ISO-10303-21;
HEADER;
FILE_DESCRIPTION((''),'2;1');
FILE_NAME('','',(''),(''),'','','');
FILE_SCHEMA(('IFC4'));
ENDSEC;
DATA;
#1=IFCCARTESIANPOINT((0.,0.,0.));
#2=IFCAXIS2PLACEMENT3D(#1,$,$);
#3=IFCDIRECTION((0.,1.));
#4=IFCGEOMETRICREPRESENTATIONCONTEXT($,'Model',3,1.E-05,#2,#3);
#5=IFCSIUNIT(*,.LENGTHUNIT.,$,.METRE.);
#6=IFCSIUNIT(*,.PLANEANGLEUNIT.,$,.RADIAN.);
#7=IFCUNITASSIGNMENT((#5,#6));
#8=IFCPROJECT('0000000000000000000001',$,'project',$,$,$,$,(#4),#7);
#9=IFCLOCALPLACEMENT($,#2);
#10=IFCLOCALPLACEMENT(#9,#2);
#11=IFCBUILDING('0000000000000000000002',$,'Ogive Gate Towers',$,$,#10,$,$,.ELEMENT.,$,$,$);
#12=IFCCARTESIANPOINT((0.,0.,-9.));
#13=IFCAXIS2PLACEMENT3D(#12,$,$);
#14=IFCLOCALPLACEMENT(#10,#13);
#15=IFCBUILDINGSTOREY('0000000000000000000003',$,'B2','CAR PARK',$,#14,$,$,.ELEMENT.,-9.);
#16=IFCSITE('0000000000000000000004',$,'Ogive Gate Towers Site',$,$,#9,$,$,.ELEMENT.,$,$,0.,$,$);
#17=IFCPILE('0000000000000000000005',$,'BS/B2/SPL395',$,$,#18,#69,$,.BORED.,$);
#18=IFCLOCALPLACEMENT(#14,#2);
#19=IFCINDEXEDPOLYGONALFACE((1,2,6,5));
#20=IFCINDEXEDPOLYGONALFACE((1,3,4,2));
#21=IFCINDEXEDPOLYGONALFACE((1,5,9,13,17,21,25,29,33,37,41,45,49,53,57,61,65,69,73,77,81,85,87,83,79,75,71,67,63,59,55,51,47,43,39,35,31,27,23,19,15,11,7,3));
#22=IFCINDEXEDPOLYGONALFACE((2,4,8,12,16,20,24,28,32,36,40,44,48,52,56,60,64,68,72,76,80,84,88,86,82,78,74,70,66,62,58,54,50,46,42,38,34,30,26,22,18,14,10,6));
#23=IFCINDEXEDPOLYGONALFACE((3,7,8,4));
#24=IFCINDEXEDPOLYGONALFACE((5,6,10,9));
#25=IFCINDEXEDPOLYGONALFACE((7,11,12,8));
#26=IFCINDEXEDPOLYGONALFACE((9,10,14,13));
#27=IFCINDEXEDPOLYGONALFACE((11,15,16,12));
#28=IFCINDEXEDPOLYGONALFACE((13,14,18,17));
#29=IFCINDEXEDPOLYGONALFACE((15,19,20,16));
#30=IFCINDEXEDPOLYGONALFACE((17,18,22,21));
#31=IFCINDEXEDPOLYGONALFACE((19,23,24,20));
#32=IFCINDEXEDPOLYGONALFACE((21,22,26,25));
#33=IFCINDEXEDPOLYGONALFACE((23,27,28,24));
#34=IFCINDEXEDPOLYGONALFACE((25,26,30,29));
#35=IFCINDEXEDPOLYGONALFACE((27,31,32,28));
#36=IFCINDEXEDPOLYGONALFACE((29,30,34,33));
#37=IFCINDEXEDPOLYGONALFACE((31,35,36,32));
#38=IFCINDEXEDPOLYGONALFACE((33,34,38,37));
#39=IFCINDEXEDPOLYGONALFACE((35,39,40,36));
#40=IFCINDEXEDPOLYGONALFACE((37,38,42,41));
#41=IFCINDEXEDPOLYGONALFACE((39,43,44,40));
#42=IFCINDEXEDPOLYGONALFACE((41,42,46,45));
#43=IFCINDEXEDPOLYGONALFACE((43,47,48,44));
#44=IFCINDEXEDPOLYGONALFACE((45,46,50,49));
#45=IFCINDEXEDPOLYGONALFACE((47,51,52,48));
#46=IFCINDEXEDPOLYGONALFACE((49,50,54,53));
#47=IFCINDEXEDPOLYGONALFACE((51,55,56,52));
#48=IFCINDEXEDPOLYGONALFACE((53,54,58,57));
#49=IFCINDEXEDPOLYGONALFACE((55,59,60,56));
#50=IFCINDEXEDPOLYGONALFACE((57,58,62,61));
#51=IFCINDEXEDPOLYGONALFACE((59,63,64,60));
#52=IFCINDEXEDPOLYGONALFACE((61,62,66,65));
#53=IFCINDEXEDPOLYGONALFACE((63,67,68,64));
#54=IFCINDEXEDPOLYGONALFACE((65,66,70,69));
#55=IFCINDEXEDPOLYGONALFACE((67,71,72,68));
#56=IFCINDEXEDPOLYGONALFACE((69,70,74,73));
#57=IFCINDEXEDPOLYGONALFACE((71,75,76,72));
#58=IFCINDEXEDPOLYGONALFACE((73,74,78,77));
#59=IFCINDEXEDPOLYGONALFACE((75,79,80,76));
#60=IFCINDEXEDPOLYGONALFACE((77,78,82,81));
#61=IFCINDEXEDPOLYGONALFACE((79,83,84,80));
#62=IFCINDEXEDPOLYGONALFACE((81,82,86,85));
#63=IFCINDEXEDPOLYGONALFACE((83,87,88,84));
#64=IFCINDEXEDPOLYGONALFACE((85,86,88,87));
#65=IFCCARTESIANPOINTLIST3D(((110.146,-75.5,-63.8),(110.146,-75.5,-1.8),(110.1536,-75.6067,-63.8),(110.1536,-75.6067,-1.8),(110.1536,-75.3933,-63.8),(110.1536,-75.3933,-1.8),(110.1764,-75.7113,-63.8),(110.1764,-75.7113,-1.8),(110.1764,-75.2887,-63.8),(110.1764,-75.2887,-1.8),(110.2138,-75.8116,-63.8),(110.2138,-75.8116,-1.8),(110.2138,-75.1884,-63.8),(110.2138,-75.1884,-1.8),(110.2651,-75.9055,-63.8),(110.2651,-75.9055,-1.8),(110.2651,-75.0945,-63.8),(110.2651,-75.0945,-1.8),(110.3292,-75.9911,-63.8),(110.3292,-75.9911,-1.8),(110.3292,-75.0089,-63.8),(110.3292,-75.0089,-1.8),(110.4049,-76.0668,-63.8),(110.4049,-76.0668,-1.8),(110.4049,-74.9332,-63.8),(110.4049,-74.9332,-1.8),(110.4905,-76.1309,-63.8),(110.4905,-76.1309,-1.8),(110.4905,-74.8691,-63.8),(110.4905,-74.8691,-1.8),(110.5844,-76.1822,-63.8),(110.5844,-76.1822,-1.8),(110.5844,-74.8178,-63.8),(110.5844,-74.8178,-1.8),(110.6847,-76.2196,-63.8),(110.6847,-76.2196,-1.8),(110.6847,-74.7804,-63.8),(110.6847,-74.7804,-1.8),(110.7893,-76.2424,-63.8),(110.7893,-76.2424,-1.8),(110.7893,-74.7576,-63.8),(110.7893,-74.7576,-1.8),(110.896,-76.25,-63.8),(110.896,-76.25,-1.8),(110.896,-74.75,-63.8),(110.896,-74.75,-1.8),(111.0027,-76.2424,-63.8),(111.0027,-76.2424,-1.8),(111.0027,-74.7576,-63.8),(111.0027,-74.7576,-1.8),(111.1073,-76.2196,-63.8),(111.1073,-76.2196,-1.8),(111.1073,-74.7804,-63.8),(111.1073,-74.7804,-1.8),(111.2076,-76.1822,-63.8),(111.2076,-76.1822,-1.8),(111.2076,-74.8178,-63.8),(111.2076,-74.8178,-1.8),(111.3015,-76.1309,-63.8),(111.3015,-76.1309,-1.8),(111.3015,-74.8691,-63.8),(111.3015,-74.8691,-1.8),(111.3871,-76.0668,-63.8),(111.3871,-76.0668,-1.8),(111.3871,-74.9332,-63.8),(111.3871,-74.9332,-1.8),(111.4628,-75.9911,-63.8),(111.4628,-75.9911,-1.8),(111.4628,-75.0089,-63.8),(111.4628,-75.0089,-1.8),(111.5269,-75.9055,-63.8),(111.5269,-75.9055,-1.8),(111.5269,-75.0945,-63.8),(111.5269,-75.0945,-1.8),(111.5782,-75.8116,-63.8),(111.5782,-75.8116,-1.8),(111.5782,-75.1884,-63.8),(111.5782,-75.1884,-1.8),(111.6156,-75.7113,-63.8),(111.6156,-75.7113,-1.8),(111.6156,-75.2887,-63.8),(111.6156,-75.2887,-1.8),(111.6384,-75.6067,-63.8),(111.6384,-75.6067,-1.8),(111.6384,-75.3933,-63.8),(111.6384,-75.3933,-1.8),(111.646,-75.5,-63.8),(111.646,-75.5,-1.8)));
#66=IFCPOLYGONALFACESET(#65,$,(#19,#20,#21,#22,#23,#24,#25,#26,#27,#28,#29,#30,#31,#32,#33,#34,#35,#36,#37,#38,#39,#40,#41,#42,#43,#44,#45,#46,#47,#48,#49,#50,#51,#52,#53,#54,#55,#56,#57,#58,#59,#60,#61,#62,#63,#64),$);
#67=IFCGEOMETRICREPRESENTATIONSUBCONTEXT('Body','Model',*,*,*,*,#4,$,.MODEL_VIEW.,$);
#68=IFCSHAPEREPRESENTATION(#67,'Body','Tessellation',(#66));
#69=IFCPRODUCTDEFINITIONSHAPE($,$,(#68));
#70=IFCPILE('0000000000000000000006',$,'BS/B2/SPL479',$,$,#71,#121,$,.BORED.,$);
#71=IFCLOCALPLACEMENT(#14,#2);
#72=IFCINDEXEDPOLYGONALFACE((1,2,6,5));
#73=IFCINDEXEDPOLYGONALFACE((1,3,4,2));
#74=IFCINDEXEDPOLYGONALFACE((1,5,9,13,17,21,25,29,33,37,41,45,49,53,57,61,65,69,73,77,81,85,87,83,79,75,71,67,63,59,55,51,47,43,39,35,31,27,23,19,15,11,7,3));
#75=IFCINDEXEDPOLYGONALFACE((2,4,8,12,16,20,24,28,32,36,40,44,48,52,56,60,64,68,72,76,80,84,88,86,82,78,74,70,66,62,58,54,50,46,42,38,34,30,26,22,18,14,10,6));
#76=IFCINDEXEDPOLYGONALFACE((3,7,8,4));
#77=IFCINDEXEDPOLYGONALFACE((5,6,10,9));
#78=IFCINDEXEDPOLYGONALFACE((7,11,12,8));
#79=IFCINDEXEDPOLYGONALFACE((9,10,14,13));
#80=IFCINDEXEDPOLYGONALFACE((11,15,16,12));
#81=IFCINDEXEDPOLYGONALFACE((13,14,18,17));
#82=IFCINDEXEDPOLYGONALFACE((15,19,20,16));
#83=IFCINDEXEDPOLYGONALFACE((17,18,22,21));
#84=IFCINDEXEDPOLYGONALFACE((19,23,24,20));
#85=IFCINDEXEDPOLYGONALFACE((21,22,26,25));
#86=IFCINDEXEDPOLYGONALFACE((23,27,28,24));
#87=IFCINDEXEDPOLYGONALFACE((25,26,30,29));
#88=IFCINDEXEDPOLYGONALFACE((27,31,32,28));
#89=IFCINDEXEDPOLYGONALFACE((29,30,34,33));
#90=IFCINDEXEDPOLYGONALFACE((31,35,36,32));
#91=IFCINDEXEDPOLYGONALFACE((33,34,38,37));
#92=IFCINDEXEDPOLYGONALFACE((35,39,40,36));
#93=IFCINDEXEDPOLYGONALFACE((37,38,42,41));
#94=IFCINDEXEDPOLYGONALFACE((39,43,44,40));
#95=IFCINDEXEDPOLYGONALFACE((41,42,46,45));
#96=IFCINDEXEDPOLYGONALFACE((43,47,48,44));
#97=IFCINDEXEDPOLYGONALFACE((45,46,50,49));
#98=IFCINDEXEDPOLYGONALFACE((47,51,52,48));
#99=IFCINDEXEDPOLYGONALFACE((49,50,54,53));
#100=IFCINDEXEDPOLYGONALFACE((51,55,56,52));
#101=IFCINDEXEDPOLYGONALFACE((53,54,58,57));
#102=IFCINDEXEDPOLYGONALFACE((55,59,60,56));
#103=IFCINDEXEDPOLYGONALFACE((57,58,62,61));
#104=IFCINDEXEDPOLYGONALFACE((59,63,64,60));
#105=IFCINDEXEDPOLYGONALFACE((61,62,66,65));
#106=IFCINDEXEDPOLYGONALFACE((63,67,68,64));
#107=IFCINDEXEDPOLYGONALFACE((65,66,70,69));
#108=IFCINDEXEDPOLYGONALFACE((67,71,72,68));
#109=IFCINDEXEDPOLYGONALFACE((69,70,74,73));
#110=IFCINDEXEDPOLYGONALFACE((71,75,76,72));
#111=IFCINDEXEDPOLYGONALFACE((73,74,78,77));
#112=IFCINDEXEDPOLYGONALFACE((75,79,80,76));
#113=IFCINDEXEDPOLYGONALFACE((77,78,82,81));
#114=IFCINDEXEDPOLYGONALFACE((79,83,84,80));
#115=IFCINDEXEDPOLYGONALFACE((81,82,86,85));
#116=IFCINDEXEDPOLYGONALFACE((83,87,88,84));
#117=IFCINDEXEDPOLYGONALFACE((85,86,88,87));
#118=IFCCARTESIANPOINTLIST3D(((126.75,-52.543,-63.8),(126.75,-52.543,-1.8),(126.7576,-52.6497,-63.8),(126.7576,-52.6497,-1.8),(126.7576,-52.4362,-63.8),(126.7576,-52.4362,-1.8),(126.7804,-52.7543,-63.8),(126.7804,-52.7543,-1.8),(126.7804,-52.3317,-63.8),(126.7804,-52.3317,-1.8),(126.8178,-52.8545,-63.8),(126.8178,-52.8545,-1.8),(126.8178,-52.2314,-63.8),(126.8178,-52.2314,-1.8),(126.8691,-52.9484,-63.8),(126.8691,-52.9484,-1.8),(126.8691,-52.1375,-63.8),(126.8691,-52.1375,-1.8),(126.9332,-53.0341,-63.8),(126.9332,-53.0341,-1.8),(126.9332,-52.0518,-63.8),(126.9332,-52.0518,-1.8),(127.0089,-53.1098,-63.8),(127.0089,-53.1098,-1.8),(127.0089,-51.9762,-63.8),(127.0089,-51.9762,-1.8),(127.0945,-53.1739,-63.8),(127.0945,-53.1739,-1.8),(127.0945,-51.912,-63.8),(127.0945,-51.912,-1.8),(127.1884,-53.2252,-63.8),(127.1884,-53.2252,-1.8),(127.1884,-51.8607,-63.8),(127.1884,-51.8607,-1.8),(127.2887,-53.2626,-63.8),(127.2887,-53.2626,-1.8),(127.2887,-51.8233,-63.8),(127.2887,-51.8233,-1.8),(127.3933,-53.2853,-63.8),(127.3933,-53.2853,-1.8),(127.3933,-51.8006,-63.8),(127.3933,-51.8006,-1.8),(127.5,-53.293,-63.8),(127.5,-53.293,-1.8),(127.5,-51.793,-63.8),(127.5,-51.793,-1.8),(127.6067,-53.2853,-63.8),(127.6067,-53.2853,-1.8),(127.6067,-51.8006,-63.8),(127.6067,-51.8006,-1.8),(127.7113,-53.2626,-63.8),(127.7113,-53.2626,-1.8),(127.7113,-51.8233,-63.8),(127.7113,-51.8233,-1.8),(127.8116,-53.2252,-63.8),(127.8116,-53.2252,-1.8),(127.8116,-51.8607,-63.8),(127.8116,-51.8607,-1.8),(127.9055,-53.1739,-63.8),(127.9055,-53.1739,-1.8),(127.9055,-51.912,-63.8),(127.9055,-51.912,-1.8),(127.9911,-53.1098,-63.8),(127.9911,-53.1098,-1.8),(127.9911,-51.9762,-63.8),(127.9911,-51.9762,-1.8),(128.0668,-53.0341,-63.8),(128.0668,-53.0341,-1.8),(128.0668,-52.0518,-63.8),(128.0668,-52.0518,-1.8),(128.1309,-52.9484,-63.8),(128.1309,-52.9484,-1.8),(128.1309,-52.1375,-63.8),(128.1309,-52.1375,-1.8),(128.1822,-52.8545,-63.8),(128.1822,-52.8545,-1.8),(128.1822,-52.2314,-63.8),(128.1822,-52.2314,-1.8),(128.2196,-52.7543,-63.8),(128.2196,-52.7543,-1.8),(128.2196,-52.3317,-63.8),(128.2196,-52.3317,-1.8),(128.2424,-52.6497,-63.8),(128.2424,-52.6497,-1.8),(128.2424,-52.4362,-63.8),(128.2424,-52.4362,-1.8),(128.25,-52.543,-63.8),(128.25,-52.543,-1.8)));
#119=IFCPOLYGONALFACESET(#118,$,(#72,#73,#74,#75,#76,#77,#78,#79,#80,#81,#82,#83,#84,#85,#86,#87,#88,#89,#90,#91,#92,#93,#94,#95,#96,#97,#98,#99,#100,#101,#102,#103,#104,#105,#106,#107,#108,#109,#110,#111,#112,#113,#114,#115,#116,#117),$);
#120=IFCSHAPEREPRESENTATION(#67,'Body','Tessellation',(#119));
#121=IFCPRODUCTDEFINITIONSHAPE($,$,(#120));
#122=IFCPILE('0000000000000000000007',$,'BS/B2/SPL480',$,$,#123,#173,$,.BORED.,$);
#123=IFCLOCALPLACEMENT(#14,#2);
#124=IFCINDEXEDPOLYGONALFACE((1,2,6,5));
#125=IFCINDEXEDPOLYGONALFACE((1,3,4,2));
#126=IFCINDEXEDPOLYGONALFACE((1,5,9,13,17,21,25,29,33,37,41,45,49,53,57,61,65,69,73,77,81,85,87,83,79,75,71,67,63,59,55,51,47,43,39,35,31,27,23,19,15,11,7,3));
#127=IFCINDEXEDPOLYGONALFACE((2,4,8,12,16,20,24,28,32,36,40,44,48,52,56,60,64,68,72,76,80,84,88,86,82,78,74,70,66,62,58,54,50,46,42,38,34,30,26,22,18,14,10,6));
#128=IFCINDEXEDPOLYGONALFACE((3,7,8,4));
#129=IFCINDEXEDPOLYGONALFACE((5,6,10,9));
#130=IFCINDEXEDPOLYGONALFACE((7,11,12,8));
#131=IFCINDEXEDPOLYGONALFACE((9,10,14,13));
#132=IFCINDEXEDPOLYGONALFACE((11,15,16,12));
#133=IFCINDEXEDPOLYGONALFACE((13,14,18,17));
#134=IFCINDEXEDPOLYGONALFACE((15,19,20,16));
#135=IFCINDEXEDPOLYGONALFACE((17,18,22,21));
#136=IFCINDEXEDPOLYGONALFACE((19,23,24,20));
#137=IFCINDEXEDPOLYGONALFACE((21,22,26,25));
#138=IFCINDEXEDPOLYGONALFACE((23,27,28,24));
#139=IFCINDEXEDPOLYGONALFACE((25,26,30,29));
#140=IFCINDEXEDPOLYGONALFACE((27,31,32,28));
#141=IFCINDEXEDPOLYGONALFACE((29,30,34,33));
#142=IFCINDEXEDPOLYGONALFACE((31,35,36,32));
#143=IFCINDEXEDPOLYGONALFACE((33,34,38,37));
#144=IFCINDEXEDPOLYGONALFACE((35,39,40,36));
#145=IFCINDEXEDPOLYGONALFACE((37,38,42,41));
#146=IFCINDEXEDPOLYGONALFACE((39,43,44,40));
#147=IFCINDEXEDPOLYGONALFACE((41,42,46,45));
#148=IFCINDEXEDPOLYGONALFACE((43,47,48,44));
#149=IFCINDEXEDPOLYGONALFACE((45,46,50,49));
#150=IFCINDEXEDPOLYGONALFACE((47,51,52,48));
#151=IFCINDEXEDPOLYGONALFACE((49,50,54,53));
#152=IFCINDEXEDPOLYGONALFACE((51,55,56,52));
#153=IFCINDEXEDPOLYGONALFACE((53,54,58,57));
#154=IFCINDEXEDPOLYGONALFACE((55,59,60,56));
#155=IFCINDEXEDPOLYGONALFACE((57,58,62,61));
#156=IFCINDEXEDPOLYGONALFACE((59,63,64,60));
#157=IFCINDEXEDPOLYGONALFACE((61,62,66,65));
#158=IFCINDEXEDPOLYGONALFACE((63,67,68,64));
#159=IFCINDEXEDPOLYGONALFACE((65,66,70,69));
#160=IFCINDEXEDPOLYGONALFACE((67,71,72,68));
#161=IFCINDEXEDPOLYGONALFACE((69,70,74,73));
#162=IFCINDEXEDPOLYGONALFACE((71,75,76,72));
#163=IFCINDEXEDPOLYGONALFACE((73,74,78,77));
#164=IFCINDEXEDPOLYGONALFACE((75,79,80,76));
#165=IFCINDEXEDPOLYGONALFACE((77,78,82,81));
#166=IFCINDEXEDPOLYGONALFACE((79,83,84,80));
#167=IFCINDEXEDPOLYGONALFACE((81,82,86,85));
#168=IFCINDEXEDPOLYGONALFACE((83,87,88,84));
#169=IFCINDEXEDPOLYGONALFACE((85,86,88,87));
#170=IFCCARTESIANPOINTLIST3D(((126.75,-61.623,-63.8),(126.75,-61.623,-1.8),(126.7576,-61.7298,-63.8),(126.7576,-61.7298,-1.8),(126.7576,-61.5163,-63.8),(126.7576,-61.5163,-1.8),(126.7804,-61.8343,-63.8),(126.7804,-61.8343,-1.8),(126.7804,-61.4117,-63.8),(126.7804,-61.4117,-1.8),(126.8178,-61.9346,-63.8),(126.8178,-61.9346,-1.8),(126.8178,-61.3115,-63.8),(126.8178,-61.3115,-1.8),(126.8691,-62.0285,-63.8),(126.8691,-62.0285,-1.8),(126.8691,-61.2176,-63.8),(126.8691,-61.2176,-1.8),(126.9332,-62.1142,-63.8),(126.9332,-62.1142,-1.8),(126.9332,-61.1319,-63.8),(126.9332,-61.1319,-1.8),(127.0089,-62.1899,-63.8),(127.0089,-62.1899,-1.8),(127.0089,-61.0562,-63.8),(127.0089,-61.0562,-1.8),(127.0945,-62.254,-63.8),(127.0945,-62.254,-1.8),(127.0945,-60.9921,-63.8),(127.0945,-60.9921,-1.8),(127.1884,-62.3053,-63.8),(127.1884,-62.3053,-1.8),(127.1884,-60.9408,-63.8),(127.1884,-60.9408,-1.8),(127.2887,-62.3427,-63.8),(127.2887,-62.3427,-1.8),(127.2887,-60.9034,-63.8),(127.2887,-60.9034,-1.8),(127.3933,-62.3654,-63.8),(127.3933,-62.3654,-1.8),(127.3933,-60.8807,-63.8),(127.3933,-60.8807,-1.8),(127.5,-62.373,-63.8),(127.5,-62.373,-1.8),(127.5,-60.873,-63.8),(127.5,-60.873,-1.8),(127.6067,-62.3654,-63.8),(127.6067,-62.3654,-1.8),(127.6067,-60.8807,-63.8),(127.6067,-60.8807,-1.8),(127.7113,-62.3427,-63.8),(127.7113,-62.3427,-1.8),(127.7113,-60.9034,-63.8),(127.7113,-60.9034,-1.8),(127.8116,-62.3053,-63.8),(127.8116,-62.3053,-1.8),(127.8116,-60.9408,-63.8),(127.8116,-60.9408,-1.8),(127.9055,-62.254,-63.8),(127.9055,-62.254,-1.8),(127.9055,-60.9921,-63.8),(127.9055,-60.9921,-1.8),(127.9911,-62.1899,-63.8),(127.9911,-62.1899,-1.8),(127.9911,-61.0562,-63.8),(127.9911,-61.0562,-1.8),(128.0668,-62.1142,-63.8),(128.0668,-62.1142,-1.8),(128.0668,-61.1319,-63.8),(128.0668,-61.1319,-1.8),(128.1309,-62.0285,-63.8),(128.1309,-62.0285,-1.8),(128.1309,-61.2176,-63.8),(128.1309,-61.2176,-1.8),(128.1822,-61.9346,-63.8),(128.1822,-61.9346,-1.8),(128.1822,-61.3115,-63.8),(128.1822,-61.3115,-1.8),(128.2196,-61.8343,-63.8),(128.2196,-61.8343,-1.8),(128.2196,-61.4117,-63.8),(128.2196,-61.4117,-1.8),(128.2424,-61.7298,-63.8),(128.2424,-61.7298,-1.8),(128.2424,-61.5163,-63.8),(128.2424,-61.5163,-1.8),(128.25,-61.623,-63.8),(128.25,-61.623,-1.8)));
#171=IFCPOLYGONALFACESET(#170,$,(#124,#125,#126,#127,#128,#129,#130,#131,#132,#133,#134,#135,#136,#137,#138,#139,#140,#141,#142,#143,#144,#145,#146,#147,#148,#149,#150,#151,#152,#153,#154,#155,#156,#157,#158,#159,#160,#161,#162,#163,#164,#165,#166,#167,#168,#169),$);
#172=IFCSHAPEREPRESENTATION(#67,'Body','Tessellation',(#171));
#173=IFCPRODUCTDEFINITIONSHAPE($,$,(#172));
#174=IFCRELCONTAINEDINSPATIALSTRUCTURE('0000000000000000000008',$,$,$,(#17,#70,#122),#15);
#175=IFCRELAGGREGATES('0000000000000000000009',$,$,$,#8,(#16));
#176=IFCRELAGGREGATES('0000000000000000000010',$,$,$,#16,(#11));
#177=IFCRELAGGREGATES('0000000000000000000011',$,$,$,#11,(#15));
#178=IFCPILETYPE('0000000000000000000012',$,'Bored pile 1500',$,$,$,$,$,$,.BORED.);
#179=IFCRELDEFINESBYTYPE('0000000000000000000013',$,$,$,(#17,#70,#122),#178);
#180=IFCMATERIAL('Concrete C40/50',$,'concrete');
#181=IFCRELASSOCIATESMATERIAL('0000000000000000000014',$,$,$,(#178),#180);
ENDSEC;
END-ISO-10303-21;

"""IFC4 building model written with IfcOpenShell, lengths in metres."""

from ifc_helpers import new_model, si_unit, direction, frame, origin, origin_2d, place, context, subcontext, project, spatial, circle, extrude, material, material_profile, profile_set, type_object, element, save


model = new_model("IFC4")

# Units and contexts
model_context = context("Model", 3, precision=1e-05, world=origin(), true_north=direction((0.0, 1.0)))
body_context = subcontext(model_context, "Body", "Model", "MODEL_VIEW")
ifc_project = project(units=[si_unit("LENGTHUNIT", "METRE"), si_unit("PLANEANGLEUNIT", "RADIAN")], contexts=[model_context])

# Site, building, storey
site_placement = place(None, origin())
site = spatial("IfcSite", under=ifc_project, at=site_placement, Name="Ogive Gate Towers Site", CompositionType="ELEMENT", RefElevation=0.0)
building_placement = place(site_placement, origin())
building = spatial("IfcBuilding", under=site, at=building_placement, Name="Ogive Gate Towers", CompositionType="ELEMENT")
storey_placement = place(building_placement, frame((0.0, 0.0, -9.0)))
storey = spatial("IfcBuildingStorey", under=building, at=storey_placement, Name="B2", Description="CAR PARK", CompositionType="ELEMENT", Elevation=-9.0)

# Piles
ifc_material_1 = material(Name="Concrete C40/50", Category="concrete")
ifc_material_profile_1 = material_profile(ifc_material_1, circle(Radius=0.75, at=origin_2d()), Name="BP 1500")
ifc_profile_set_1 = profile_set([ifc_material_profile_1], Name="Concrete C40/50")
pile_type = type_object("IfcPileType", Name="Bored pile 1500", PredefinedType="BORED", material=ifc_profile_set_1)
for number, where, z_axis, x_axis, name in (
    (1, (110.896, -75.5, -1.8), (0.0, 0.0, -1.0), (1.0, 0.0, 0.0), "BS/B2/SPL395"),
    (2, (127.5, -52.543, -1.8), (0.0, 0.0, -1.0), (1.0, 0.0, 0.0), "BS/B2/SPL479"),
    (3, (127.5, -61.623, -1.8), (0.0, 0.0, -1.0), (1.0, 0.0, 0.0), "BS/B2/SPL480"),
):
    element("IfcPile", number, at=place(storey_placement, frame(where, z_axis=z_axis, x_axis=x_axis)), inside=storey, type_object=pile_type, Name=name, PredefinedType="BORED", context=body_context, shape_type="SweptSolid", body=[
        extrude(circle(Radius=0.75, at=origin_2d()), origin(), (0.0, 0.0, 1.0), 62.0),
    ])

save(model, "model.ifc")
